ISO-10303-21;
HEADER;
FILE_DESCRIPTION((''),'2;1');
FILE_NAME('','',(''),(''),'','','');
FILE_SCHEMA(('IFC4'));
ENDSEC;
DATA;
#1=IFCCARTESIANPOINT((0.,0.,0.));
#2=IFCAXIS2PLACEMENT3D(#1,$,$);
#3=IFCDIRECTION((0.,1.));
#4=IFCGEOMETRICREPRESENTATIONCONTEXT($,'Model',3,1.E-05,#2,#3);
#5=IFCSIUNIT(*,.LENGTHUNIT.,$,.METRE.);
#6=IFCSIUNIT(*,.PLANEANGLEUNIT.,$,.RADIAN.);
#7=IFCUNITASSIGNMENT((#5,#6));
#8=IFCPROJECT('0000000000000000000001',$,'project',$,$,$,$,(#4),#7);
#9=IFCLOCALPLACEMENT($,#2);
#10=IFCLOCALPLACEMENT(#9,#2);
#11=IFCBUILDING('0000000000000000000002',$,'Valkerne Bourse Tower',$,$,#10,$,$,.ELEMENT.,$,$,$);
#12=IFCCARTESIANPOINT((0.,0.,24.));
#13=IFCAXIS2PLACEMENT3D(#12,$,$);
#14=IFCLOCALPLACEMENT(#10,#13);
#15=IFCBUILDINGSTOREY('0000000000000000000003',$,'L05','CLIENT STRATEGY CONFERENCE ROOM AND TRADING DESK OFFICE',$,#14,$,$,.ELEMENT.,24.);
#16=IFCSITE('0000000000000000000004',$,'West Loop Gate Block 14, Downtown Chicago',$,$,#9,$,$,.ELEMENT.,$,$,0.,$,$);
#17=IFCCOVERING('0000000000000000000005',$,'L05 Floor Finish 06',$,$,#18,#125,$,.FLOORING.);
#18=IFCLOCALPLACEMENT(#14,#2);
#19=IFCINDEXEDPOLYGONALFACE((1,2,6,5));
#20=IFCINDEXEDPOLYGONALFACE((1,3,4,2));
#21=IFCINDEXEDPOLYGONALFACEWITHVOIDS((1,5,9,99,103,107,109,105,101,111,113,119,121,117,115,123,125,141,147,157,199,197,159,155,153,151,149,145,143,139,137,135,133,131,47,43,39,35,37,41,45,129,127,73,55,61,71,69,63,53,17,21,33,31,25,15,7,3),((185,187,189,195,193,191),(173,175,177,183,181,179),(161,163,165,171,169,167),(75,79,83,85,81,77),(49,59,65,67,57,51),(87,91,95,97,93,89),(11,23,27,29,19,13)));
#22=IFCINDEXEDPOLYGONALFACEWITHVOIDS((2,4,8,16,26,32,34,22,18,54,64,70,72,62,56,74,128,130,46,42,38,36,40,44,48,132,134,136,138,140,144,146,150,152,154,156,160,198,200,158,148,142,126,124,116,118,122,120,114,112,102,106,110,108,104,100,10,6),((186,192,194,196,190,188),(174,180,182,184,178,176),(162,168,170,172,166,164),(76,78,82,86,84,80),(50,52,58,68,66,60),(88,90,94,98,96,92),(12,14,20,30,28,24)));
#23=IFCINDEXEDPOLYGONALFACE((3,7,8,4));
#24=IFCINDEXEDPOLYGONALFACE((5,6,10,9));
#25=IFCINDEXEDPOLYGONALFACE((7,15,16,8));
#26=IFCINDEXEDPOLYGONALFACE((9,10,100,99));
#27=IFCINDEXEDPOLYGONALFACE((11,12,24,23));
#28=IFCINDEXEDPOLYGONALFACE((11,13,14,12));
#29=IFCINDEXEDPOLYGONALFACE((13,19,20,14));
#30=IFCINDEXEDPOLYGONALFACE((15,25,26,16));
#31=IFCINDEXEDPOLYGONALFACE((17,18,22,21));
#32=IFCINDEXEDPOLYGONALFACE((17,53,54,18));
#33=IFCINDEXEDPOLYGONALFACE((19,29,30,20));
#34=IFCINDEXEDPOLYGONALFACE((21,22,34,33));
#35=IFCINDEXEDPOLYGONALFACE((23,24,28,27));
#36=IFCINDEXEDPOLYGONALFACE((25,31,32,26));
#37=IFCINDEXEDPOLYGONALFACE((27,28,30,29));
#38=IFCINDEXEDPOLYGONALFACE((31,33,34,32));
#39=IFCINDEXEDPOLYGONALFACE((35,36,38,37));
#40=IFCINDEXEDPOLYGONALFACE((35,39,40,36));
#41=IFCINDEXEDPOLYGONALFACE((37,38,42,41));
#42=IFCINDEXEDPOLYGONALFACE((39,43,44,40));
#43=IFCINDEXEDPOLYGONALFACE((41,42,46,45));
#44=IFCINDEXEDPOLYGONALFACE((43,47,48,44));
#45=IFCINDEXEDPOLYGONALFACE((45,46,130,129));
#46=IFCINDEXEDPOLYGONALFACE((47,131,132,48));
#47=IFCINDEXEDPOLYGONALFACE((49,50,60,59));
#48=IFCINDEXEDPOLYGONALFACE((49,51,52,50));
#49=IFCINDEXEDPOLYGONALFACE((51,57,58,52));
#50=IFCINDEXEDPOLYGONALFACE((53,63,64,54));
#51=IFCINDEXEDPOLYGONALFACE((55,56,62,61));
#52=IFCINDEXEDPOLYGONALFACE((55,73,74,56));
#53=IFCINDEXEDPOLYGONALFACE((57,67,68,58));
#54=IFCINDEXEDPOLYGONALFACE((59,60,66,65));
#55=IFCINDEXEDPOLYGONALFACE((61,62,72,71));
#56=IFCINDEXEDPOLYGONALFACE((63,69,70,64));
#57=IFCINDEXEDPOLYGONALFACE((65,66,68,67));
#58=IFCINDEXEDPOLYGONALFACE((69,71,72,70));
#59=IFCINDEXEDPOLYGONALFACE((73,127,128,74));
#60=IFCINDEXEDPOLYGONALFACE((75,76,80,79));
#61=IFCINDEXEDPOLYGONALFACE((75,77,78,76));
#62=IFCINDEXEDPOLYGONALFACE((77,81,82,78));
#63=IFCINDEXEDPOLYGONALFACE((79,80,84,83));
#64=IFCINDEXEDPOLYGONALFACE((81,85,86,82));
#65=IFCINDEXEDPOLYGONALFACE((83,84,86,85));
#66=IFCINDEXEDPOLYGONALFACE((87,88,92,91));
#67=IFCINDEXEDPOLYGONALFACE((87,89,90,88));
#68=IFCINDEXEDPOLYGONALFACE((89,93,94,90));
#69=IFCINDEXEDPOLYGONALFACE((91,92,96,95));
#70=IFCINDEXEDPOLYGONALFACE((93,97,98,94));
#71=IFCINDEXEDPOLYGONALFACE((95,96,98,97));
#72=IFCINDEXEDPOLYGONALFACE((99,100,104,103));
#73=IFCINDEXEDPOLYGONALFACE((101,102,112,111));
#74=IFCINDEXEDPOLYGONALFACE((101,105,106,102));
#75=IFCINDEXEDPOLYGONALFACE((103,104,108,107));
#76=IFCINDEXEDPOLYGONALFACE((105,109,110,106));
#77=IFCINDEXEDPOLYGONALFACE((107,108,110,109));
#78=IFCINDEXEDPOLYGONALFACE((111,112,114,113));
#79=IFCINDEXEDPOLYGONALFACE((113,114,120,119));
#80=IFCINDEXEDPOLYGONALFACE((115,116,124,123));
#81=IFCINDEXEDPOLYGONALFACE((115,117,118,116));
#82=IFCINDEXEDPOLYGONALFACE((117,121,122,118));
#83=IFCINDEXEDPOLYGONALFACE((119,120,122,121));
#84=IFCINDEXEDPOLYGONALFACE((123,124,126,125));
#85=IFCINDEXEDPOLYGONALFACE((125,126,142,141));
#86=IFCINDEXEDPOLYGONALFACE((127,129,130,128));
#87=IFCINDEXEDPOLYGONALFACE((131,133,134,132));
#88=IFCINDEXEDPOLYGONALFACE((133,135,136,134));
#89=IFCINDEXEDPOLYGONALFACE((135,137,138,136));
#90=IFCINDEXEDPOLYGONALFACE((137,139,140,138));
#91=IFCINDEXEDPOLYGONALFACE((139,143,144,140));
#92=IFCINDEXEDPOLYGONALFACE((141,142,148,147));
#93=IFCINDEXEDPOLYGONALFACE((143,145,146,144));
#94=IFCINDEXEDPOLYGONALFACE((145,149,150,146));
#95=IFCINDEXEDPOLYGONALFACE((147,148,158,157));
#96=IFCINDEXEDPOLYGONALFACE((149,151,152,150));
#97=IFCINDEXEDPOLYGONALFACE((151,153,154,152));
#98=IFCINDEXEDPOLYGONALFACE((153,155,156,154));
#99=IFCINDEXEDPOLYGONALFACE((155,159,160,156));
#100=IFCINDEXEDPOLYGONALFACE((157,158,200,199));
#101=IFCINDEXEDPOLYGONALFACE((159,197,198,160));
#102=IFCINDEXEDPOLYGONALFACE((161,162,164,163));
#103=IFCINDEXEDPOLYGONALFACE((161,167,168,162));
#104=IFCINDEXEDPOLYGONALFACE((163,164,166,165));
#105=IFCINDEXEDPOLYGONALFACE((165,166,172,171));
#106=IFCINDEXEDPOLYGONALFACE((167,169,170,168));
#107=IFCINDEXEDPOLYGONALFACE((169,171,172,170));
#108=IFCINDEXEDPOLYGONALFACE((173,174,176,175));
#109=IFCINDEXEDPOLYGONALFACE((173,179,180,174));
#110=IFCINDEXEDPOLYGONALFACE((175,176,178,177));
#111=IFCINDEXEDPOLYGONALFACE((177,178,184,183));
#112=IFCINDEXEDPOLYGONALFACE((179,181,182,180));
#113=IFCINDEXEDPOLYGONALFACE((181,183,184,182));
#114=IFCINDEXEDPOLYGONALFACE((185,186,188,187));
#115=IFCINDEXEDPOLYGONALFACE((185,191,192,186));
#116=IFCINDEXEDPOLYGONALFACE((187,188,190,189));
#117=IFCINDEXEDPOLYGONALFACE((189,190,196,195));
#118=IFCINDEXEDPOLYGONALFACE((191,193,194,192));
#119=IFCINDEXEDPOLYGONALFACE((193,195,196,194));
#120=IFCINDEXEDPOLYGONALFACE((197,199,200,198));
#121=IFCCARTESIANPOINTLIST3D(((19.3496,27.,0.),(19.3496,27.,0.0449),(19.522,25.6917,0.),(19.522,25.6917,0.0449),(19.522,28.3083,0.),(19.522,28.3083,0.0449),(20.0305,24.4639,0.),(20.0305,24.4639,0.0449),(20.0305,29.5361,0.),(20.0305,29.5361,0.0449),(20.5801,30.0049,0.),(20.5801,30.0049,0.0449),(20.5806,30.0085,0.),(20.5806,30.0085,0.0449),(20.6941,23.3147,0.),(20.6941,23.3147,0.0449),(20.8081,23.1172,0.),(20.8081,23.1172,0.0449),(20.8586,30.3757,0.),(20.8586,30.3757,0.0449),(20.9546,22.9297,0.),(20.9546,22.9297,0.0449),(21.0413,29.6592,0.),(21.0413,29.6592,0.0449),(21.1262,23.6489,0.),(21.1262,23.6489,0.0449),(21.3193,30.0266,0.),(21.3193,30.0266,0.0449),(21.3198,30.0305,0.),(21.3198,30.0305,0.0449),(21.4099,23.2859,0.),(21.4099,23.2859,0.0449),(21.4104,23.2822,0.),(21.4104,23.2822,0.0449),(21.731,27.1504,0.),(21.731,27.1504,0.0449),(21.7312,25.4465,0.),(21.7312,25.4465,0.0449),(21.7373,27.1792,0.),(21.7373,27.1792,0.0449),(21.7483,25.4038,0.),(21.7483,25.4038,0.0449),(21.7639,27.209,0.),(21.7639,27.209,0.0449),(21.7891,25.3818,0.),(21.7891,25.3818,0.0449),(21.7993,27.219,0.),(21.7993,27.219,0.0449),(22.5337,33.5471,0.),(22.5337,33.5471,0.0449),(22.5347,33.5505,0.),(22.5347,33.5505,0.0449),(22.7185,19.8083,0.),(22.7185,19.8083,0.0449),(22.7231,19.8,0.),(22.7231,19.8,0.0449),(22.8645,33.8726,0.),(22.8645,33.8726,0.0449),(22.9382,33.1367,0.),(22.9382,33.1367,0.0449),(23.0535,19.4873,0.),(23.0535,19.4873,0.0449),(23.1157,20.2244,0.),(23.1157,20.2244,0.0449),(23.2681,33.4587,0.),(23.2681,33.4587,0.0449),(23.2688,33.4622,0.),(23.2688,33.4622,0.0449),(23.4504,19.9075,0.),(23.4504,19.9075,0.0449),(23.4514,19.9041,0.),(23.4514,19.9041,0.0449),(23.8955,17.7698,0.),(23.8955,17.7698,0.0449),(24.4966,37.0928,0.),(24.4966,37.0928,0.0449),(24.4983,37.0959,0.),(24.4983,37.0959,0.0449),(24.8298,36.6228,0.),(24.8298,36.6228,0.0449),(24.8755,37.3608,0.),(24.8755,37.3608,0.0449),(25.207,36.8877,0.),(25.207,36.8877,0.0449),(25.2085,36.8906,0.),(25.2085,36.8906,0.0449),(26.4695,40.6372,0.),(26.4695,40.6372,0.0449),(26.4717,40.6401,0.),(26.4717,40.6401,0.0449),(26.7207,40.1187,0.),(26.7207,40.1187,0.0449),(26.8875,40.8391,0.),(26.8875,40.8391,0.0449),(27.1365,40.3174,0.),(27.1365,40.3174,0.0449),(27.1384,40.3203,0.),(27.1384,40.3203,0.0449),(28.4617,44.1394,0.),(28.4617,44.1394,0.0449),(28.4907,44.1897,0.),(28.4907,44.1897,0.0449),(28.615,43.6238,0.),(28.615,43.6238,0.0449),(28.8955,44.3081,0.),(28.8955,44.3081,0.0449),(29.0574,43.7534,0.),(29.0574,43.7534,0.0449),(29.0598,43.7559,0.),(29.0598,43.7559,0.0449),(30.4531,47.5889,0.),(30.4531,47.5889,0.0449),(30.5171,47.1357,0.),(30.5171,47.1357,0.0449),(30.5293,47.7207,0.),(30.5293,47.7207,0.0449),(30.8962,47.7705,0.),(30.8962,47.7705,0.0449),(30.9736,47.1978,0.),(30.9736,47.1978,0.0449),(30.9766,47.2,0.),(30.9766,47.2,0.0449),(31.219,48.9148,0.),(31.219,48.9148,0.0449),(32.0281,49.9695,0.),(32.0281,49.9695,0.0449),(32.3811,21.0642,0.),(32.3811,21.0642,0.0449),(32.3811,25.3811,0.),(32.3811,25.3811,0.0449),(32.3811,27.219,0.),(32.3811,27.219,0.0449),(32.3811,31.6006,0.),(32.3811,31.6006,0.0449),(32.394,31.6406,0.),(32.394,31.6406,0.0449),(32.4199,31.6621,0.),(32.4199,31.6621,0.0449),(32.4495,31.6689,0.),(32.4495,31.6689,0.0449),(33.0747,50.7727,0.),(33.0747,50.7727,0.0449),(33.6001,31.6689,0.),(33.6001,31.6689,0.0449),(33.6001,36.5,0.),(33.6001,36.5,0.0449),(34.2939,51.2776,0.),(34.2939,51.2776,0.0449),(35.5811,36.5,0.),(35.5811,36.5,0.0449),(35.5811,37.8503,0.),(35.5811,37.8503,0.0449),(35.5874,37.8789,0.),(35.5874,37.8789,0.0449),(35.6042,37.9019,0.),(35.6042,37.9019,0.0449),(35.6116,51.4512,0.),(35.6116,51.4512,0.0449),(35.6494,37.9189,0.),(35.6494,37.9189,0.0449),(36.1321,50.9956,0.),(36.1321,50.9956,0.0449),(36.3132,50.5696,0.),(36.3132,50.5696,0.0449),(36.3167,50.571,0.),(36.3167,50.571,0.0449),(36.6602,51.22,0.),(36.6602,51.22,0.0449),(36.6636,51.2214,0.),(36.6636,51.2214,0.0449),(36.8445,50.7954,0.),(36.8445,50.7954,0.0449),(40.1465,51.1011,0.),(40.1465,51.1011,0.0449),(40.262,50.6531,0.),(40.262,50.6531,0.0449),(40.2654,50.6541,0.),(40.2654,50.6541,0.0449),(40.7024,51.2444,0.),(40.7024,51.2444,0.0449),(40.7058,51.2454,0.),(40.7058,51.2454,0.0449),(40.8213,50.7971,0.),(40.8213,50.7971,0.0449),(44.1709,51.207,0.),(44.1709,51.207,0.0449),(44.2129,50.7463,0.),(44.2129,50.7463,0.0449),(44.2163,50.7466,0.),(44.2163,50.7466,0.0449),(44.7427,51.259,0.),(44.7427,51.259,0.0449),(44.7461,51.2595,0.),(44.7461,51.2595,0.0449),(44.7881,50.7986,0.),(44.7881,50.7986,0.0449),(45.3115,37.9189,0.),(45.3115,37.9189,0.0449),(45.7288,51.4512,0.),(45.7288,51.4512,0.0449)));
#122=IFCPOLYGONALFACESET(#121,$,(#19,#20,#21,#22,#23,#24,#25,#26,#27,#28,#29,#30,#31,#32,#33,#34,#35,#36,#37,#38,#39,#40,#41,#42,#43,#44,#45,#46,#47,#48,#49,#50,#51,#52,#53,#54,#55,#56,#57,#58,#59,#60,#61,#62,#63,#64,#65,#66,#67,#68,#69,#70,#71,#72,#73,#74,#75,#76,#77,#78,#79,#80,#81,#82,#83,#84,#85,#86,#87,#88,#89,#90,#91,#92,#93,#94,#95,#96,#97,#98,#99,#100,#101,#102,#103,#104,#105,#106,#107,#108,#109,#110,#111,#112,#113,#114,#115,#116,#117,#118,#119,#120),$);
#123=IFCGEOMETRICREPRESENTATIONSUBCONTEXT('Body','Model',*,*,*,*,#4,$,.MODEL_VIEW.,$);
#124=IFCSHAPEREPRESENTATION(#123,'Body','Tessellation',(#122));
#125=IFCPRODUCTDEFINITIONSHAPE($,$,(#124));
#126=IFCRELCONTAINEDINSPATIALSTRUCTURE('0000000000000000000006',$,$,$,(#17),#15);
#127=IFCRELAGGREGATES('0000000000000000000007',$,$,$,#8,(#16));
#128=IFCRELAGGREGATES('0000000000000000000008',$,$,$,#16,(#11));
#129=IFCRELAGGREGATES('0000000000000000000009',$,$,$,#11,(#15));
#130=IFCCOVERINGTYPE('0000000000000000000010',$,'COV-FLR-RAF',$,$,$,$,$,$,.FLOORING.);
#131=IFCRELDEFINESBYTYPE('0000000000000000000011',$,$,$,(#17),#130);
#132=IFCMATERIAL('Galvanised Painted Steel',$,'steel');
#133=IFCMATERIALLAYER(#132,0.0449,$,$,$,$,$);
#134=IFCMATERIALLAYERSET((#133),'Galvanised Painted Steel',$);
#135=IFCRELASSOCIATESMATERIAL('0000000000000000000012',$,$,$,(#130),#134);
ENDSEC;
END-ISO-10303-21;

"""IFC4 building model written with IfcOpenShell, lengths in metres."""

from ifc_helpers import new_model, si_unit, direction, frame, origin, place, context, subcontext, project, spatial, polyline, outline, extrude, material, layer, layer_set, type_object, element, save


model = new_model("IFC4")

# Units and contexts
model_context = context("Model", 3, precision=1e-05, world=origin(), true_north=direction((0.0, 1.0)))
body_context = subcontext(model_context, "Body", "Model", "MODEL_VIEW")
ifc_project = project(units=[si_unit("LENGTHUNIT", "METRE"), si_unit("PLANEANGLEUNIT", "RADIAN")], contexts=[model_context])

# Site, building, storey
site_placement = place(None, origin())
site = spatial("IfcSite", under=ifc_project, at=site_placement, Name="West Loop Gate Block 14, Downtown Chicago", CompositionType="ELEMENT", RefElevation=0.0)
building_placement = place(site_placement, origin())
building = spatial("IfcBuilding", under=site, at=building_placement, Name="Valkerne Bourse Tower", CompositionType="ELEMENT")
storey_placement = place(building_placement, frame((0.0, 0.0, 24.0)))
storey = spatial("IfcBuildingStorey", under=building, at=storey_placement, Name="L05", Description="CLIENT STRATEGY CONFERENCE ROOM AND TRADING DESK OFFICE", CompositionType="ELEMENT", Elevation=24.0)

# Shared definitions
ifc_material_1 = material(Name="Galvanised Painted Steel", Category="steel")

# Covering
ifc_layer_1 = layer(ifc_material_1, 0.0449)
ifc_layer_set_1 = layer_set([ifc_layer_1], Name="Galvanised Painted Steel")
covering_type_1 = type_object("IfcCoveringType", Name="COV-FLR-RAF", PredefinedType="FLOORING", material=ifc_layer_set_1)
covering_1_placement = place(storey_placement, origin())
element("IfcCovering", 1, at=covering_1_placement, inside=storey, type_object=covering_type_1, Name="L05 Floor Finish 06", PredefinedType="FLOORING", context=body_context, shape_type="SweptSolid", body=[
    extrude(outline(polyline([(19.3496, 27.0), (19.522, 28.3083), (20.0305, 29.5361), (28.4617, 44.1394), (28.615, 43.6238), (29.0574, 43.7534), (29.0598, 43.7559), (28.8955, 44.3081), (28.4907, 44.1897), (30.4531, 47.5889), (30.5171, 47.1357), (30.9736, 47.1978), (30.9766, 47.2), (30.8962, 47.7705), (30.5293, 47.7207), (31.219, 48.9148), (32.0281, 49.9695), (33.0747, 50.7727), (34.2939, 51.2776), (35.6116, 51.4512), (45.7288, 51.4512), (45.3115, 37.9189), (35.6494, 37.9189), (35.6042, 37.9019), (35.5874, 37.8789), (35.5811, 37.8503), (35.5811, 36.5), (33.6001, 36.5), (33.6001, 31.6689), (32.4495, 31.6689), (32.4199, 31.6621), (32.394, 31.6406), (32.3811, 31.6006), (32.3811, 27.219), (21.7993, 27.219), (21.7639, 27.209), (21.7373, 27.1792), (21.731, 27.1504), (21.7312, 25.4465), (21.7483, 25.4038), (21.7891, 25.3818), (32.3811, 25.3811), (32.3811, 21.0642), (23.8955, 17.7698), (22.7231, 19.8), (23.0535, 19.4873), (23.4514, 19.9041), (23.4504, 19.9075), (23.1157, 20.2244), (22.7185, 19.8083), (20.8081, 23.1172), (20.9546, 22.9297), (21.4104, 23.2822), (21.4099, 23.2859), (21.1262, 23.6489), (20.6941, 23.3147), (20.0305, 24.4639), (19.522, 25.6917), (19.3496, 27.0)]), holes=[polyline([(21.3198, 30.0305), (20.8586, 30.3757), (20.5806, 30.0085), (20.5801, 30.0049), (21.0413, 29.6592), (21.3193, 30.0266), (21.3198, 30.0305)]), polyline([(23.2681, 33.4587), (23.2688, 33.4622), (22.8645, 33.8726), (22.5347, 33.5505), (22.5337, 33.5471), (22.9382, 33.1367), (23.2681, 33.4587)]), polyline([(25.2085, 36.8906), (24.8755, 37.3608), (24.4983, 37.0959), (24.4966, 37.0928), (24.8298, 36.6228), (25.207, 36.8877), (25.2085, 36.8906)]), polyline([(27.1365, 40.3174), (27.1384, 40.3203), (26.8875, 40.8391), (26.4717, 40.6401), (26.4695, 40.6372), (26.7207, 40.1187), (27.1365, 40.3174)]), polyline([(36.3167, 50.571), (36.8445, 50.7954), (36.6636, 51.2214), (36.6602, 51.22), (36.1321, 50.9956), (36.3132, 50.5696), (36.3167, 50.571)]), polyline([(40.2654, 50.6541), (40.8213, 50.7971), (40.7058, 51.2454), (40.7024, 51.2444), (40.1465, 51.1011), (40.262, 50.6531), (40.2654, 50.6541)]), polyline([(44.7881, 50.7986), (44.7461, 51.2595), (44.7427, 51.259), (44.1709, 51.207), (44.2129, 50.7463), (44.2163, 50.7466), (44.7881, 50.7986)])]), origin(), (0.0, 0.0, 1.0), 0.0449),
])

save(model, "model.ifc")
